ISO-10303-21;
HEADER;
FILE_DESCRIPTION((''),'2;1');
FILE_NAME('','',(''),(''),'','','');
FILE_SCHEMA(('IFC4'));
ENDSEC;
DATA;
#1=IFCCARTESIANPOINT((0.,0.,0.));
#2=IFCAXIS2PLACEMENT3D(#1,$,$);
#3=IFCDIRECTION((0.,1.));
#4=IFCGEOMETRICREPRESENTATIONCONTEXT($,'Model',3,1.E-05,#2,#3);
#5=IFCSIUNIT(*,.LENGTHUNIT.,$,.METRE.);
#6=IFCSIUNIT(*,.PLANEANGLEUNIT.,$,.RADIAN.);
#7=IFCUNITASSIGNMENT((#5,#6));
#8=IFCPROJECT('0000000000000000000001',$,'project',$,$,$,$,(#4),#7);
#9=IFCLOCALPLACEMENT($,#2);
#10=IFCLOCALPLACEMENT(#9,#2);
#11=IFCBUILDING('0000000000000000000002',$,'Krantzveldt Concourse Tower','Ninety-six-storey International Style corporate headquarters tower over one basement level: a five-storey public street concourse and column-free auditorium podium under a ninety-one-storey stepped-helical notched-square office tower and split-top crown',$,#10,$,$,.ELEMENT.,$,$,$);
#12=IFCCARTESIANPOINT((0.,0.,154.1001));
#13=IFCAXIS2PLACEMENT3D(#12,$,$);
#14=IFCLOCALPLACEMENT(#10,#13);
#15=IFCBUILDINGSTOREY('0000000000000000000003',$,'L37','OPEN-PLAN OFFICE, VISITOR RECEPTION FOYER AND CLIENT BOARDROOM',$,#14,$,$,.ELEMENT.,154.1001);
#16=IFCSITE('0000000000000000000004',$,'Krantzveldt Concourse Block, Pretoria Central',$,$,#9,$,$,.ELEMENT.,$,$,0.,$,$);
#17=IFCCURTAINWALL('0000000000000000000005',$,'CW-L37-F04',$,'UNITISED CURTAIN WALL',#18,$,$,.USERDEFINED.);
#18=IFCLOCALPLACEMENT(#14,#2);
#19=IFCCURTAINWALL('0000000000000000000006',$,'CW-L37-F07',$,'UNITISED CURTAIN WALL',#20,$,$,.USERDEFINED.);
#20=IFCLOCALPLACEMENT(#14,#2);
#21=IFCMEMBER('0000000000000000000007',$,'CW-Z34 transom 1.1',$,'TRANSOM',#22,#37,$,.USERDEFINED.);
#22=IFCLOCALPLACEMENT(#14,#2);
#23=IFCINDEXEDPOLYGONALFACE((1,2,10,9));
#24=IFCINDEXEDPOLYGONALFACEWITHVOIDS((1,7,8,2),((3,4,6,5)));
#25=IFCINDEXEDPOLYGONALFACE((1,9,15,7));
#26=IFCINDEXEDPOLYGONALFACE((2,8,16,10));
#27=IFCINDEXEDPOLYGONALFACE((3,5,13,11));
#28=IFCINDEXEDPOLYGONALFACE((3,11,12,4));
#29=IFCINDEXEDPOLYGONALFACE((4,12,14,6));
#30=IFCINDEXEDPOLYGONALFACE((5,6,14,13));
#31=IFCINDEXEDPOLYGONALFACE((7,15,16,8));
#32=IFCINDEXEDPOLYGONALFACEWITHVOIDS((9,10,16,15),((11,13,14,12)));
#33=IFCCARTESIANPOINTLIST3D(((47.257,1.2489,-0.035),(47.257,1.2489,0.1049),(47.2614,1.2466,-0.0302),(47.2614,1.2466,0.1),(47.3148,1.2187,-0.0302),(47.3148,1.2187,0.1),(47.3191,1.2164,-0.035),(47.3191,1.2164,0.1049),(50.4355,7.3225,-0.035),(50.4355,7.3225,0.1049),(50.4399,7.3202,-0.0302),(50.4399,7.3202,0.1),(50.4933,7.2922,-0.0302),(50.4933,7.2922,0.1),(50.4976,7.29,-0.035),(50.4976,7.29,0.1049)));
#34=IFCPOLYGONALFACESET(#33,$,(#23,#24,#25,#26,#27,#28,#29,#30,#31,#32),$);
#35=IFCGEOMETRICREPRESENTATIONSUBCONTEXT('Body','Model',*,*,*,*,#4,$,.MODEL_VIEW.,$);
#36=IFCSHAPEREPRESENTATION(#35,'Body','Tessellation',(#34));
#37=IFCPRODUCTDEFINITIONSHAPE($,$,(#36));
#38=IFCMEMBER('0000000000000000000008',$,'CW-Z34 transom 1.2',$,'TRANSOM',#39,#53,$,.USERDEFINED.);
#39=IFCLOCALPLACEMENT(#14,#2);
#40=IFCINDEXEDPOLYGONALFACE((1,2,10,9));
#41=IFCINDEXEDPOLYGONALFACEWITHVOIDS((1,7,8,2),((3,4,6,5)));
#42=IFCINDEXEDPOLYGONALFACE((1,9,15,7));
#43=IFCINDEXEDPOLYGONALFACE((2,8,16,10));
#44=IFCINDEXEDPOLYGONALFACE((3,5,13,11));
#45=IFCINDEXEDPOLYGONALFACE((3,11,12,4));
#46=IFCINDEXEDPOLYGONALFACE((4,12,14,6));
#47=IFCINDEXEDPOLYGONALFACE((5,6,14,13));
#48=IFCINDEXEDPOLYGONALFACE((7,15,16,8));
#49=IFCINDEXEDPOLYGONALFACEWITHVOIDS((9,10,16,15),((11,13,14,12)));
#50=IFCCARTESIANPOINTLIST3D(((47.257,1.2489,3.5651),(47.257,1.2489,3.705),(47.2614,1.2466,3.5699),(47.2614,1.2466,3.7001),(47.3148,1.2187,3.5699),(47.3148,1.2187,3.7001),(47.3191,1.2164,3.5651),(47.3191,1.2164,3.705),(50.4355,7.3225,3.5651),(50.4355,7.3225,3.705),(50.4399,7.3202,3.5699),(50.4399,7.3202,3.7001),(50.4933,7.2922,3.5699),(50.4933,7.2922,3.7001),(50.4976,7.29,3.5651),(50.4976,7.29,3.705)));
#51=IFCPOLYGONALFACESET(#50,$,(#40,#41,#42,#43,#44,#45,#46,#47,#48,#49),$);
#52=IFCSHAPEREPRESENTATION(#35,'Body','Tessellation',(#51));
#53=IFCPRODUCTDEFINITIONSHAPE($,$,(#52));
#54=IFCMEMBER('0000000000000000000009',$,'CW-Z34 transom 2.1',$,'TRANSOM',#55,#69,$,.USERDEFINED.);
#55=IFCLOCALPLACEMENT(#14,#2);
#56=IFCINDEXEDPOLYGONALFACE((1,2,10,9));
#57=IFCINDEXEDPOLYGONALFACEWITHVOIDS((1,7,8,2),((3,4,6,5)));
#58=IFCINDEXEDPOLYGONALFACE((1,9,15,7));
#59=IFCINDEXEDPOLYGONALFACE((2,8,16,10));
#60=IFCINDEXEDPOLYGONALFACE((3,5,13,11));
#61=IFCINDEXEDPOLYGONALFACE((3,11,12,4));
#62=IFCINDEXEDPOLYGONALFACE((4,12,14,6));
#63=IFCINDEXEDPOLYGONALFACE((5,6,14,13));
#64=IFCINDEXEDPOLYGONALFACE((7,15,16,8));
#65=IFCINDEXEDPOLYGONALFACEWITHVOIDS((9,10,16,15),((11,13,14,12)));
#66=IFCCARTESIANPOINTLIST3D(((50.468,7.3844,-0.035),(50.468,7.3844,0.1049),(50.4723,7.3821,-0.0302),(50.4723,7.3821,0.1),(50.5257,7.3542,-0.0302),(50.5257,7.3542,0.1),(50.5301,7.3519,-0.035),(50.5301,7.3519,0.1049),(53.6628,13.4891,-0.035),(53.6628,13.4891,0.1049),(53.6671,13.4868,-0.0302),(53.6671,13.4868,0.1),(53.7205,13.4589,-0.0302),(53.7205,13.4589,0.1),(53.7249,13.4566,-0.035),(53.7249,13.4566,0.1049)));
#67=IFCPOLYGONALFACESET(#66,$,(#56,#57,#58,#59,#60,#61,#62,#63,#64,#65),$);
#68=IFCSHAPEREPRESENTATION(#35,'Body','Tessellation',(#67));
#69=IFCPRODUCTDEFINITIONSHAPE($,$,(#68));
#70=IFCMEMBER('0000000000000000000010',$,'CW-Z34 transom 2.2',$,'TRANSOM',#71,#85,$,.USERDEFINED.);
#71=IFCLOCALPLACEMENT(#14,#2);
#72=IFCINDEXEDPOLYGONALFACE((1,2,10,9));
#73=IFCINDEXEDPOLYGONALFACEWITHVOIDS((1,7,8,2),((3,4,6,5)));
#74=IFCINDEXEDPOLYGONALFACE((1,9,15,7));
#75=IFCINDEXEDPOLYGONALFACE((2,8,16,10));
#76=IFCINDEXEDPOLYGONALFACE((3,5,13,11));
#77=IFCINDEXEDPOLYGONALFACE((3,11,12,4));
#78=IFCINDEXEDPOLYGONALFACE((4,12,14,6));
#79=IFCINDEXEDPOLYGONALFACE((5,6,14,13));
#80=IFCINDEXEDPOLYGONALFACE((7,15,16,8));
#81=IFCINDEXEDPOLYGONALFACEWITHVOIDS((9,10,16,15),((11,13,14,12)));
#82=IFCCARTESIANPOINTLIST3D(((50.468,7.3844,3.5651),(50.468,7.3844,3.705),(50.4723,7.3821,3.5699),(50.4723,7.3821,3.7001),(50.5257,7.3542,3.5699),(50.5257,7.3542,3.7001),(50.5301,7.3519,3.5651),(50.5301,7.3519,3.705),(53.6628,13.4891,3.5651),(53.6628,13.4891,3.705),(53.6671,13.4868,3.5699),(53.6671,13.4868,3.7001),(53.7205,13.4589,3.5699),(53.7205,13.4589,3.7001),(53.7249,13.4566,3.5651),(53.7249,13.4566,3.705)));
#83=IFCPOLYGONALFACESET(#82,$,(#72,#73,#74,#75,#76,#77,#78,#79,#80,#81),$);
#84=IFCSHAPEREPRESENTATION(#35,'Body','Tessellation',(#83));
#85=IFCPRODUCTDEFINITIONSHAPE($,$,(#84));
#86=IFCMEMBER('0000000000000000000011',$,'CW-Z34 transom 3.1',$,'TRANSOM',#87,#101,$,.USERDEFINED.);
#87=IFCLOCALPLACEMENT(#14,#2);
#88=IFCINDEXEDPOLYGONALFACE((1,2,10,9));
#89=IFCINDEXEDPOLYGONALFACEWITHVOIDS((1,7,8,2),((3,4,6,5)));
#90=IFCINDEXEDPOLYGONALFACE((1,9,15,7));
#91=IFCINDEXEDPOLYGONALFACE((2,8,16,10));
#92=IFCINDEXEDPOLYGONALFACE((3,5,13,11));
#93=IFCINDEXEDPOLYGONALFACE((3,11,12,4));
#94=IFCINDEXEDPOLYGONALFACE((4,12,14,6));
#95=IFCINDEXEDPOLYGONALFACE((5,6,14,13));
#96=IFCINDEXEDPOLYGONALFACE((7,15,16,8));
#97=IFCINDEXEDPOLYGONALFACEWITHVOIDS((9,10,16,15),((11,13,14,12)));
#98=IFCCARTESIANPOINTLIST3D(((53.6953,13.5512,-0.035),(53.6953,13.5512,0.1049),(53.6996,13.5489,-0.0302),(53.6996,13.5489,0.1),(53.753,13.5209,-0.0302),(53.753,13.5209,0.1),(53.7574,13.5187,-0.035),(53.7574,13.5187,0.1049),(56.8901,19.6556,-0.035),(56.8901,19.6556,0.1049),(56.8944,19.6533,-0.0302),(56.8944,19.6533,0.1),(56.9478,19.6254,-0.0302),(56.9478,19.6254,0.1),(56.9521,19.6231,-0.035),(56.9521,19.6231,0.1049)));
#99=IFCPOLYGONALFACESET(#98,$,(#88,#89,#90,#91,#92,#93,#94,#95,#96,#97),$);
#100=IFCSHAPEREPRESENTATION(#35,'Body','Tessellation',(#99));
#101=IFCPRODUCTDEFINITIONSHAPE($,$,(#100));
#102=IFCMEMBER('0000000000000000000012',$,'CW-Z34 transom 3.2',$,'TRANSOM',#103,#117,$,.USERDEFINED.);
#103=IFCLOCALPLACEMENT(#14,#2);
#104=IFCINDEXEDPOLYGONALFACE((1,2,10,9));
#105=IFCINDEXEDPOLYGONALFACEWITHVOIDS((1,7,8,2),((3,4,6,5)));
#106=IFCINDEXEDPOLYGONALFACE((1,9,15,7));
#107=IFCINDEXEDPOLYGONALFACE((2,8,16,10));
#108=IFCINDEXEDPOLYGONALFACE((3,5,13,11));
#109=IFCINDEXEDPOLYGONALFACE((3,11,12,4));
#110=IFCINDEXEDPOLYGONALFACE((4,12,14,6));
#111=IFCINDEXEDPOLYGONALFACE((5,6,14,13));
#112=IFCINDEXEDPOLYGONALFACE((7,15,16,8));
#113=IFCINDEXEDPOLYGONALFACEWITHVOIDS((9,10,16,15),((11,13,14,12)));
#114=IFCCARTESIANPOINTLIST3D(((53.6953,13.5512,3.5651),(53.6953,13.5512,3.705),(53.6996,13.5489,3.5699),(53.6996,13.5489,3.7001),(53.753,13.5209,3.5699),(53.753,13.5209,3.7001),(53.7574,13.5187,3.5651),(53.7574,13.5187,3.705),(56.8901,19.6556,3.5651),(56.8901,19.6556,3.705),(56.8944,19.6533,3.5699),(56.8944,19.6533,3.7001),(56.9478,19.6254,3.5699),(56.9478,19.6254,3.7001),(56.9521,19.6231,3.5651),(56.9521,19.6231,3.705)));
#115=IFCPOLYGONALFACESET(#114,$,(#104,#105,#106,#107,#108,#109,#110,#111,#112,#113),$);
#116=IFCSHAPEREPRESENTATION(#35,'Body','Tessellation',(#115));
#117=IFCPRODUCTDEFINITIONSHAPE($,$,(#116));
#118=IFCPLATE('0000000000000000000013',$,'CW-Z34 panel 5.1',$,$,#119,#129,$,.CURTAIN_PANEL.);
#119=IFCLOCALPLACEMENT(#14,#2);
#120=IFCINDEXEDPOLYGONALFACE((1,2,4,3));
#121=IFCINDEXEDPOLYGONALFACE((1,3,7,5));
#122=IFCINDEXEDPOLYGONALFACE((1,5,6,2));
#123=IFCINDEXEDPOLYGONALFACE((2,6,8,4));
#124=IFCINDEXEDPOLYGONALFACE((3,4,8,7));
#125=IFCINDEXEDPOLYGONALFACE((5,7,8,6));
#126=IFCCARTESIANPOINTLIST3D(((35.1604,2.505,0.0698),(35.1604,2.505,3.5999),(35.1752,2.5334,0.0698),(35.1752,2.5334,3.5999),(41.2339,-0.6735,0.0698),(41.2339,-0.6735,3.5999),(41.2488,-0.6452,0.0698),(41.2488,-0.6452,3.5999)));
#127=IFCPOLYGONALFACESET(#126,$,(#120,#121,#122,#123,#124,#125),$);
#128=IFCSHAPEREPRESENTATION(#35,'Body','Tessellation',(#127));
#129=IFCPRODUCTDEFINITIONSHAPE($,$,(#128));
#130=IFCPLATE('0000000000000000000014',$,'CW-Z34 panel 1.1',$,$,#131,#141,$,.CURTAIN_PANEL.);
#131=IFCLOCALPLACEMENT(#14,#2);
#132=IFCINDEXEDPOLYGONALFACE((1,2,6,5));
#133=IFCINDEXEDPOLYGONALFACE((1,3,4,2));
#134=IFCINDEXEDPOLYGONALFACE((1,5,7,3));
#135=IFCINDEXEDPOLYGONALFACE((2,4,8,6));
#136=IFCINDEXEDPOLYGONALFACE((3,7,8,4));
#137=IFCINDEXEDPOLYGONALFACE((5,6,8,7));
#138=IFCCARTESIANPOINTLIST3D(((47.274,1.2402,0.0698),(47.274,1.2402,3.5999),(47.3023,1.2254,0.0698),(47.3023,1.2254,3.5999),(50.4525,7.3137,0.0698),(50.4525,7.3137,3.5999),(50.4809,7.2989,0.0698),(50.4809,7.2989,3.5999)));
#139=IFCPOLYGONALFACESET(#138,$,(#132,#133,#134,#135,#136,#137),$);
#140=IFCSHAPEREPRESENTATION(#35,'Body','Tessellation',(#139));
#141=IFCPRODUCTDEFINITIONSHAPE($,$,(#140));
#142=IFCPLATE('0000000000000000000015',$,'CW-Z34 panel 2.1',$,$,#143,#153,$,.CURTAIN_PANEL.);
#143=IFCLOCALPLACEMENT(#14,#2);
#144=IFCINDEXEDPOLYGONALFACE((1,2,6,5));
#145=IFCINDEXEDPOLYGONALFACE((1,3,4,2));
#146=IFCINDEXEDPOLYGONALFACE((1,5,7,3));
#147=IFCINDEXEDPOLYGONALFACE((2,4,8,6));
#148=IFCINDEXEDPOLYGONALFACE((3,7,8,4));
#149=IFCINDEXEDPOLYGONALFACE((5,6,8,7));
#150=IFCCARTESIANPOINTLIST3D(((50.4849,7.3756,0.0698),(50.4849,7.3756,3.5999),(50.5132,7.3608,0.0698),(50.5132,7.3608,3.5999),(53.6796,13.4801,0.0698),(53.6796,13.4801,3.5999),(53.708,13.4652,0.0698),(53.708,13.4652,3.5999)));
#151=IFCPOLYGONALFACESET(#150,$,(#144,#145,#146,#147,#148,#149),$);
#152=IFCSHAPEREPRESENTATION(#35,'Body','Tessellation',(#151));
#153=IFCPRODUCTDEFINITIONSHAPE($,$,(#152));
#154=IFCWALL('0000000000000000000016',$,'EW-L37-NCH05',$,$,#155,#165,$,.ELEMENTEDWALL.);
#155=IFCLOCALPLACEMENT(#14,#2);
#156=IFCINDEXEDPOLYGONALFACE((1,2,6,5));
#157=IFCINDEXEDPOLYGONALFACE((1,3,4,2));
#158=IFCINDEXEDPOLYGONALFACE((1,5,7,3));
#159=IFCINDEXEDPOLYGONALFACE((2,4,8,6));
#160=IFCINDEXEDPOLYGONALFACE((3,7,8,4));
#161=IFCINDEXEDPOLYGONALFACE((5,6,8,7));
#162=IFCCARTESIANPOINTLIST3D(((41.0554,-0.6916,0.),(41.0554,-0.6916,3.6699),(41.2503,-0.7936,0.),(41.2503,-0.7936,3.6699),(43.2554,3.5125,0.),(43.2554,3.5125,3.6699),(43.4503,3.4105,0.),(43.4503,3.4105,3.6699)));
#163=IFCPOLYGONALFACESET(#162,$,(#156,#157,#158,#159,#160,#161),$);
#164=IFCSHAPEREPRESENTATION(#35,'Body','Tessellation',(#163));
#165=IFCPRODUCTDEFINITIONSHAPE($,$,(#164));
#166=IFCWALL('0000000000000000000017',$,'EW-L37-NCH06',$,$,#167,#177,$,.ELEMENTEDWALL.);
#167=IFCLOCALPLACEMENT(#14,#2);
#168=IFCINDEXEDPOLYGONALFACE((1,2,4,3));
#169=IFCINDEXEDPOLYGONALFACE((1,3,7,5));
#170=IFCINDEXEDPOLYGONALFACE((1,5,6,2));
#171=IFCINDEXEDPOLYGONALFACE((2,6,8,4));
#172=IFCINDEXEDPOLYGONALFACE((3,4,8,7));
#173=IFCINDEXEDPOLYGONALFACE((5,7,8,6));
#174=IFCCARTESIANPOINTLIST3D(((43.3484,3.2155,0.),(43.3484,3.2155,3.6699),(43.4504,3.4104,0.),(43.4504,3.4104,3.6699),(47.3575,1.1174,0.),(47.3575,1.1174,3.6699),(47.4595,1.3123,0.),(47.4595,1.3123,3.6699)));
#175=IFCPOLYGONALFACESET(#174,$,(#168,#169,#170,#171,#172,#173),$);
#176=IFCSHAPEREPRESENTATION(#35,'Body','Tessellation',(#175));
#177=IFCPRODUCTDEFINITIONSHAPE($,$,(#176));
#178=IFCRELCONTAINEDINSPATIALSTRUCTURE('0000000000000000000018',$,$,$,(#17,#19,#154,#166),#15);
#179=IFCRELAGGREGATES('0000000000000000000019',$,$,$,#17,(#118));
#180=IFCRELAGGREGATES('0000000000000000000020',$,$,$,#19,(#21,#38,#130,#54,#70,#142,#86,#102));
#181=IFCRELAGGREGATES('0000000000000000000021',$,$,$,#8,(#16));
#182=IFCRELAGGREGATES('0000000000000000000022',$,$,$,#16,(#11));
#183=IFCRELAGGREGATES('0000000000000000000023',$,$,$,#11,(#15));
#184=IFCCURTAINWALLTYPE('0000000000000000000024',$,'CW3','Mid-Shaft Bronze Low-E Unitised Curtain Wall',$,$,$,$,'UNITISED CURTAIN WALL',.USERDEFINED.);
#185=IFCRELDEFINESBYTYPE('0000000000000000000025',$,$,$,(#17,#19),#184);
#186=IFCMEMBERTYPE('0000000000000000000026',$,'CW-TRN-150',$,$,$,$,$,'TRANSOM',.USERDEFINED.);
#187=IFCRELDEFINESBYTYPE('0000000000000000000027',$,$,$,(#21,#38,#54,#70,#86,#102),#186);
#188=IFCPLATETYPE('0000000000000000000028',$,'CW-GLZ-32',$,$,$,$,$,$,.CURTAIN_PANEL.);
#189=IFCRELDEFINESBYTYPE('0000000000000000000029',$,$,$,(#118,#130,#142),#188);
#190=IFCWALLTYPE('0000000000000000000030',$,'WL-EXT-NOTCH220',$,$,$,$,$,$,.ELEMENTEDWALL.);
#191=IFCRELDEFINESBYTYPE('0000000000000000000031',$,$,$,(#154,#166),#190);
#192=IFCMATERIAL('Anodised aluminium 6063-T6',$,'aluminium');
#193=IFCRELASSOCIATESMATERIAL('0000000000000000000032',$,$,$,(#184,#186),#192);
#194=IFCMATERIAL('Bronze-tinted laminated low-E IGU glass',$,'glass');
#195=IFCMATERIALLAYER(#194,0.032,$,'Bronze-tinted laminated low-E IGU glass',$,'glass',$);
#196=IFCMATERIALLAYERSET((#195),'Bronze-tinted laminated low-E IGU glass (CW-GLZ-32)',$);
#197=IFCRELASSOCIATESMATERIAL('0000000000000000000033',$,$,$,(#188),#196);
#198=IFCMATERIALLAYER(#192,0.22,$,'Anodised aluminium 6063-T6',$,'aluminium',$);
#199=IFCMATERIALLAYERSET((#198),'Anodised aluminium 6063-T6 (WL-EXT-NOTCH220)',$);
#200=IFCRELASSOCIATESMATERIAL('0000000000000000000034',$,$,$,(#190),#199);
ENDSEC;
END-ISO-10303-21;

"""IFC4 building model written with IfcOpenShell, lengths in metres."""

from ifc_helpers import new_model, si_unit, direction, frame, frame_2d, origin, origin_2d, place, context, subcontext, project, spatial, rectangle, hollow_rectangle, extrude, source, transform, mapped, material, layer, layer_set, material_profile, profile_set, type_object, type_shapes, element, aggregate, save


model = new_model("IFC4")

# Units and contexts
model_context = context("Model", 3, precision=1e-05, world=origin(), true_north=direction((0.0, 1.0)))
body_context = subcontext(model_context, "Body", "Model", "MODEL_VIEW")
ifc_project = project(units=[si_unit("LENGTHUNIT", "METRE"), si_unit("PLANEANGLEUNIT", "RADIAN")], contexts=[model_context])

# Site, building, storey
site_placement = place(None, origin())
site = spatial("IfcSite", under=ifc_project, at=site_placement, Name="Krantzveldt Concourse Block, Pretoria Central", CompositionType="ELEMENT", RefElevation=0.0)
building_placement = place(site_placement, origin())
building = spatial("IfcBuilding", under=site, at=building_placement, Name="Krantzveldt Concourse Tower", Description="Ninety-six-storey International Style corporate headquarters tower over one basement level: a five-storey public street concourse and column-free auditorium podium under a ninety-one-storey stepped-helical notched-square office tower and split-top crown", CompositionType="ELEMENT")
storey_placement = place(building_placement, frame((0.0, 0.0, 154.1001)))
storey = spatial("IfcBuildingStorey", under=building, at=storey_placement, Name="L37", Description="OPEN-PLAN OFFICE, VISITOR RECEPTION FOYER AND CLIENT BOARDROOM", CompositionType="ELEMENT", Elevation=154.1001)

# Curtain wall
ifc_material_1 = material(Name="Anodised aluminium 6063-T6", Category="aluminium")
curtain_wall_type = type_object("IfcCurtainWallType", Name="CW3", Description="Mid-Shaft Bronze Low-E Unitised Curtain Wall", ElementType="UNITISED CURTAIN WALL", PredefinedType="USERDEFINED", material=ifc_material_1)
curtain_wall_1_placement = place(storey_placement, origin())
curtain_wall_1 = element("IfcCurtainWall", 1, at=curtain_wall_1_placement, inside=storey, type_object=curtain_wall_type, Name="CW-L37-F04", ObjectType="UNITISED CURTAIN WALL", PredefinedType="USERDEFINED")

# Curtain wall, members
curtain_wall_2_placement = place(storey_placement, origin())
curtain_wall_2 = element("IfcCurtainWall", 2, at=curtain_wall_2_placement, inside=storey, type_object=curtain_wall_type, Name="CW-L37-F07", ObjectType="UNITISED CURTAIN WALL", PredefinedType="USERDEFINED")
ifc_material_profile_1 = material_profile(ifc_material_1, hollow_rectangle(XDim=0.0701, YDim=0.1399, WallThickness=0.0049, at=origin_2d()), Name="Anodised aluminium 6063-T6", Category="aluminium")
ifc_profile_set_1 = profile_set([ifc_material_profile_1], Name="Anodised aluminium 6063-T6 - ALU-TRAN 140x70x5")
member_type_1 = type_object("IfcMemberType", Name="CW-TRN-150", ElementType="TRANSOM", PredefinedType="USERDEFINED", material=ifc_profile_set_1)
shared_shape_1 = source(origin(), body_context, "Body", "SweptSolid", [
    extrude(hollow_rectangle(XDim=0.0701, YDim=0.1399, WallThickness=0.0049, at=origin_2d()), origin(), (0.0, 0.0, 1.0), 6.855),
])
member_1_placement = place(storey_placement, frame((47.2881, 1.2327, 0.0349), z_axis=(0.463677, 0.886004, 0.0), x_axis=(-0.886004, 0.463677, 0.0)))
member_1 = element("IfcMember", 3, at=member_1_placement, type_object=member_type_1, Name="CW-Z34 transom 1.1", ObjectType="TRANSOM", PredefinedType="USERDEFINED", context=body_context, shape_type="MappedRepresentation", body=[
    mapped(shared_shape_1, transform((0.0, 0.0, 0.0), x_axis=(1.0, 0.0, 0.0), y_axis=(0.0, 1.0, 0.0), z_axis=(0.0, 0.0, 1.0), scale=1.0)),
])
member_2_placement = place(storey_placement, frame((47.2881, 1.2327, 3.635), z_axis=(0.463677, 0.886004, 0.0), x_axis=(-0.886004, 0.463677, 0.0)))
member_2 = element("IfcMember", 4, at=member_2_placement, type_object=member_type_1, Name="CW-Z34 transom 1.2", ObjectType="TRANSOM", PredefinedType="USERDEFINED", context=body_context, shape_type="MappedRepresentation", body=[
    mapped(shared_shape_1, transform((0.0, 0.0, 0.0), x_axis=(1.0, 0.0, 0.0), y_axis=(0.0, 1.0, 0.0), z_axis=(0.0, 0.0, 1.0), scale=1.0)),
])
shared_shape_2 = source(origin(), body_context, "Body", "SweptSolid", [
    extrude(hollow_rectangle(XDim=0.0701, YDim=0.1399, WallThickness=0.0049, at=origin_2d()), origin(), (0.0, 0.0, 1.0), 6.8901),
])
member_3_placement = place(storey_placement, frame((50.499, 7.3682, 0.0349), z_axis=(0.463677, 0.886004, 0.0), x_axis=(-0.886004, 0.463677, 0.0)))
member_3 = element("IfcMember", 5, at=member_3_placement, type_object=member_type_1, Name="CW-Z34 transom 2.1", ObjectType="TRANSOM", PredefinedType="USERDEFINED", context=body_context, shape_type="MappedRepresentation", body=[
    mapped(shared_shape_2, transform((0.0, 0.0, 0.0), x_axis=(1.0, 0.0, 0.0), y_axis=(0.0, 1.0, 0.0), z_axis=(0.0, 0.0, 1.0), scale=1.0)),
])
member_4_placement = place(storey_placement, frame((50.499, 7.3682, 3.635), z_axis=(0.463677, 0.886004, 0.0), x_axis=(-0.886004, 0.463677, 0.0)))
member_4 = element("IfcMember", 6, at=member_4_placement, type_object=member_type_1, Name="CW-Z34 transom 2.2", ObjectType="TRANSOM", PredefinedType="USERDEFINED", context=body_context, shape_type="MappedRepresentation", body=[
    mapped(shared_shape_2, transform((0.0, 0.0, 0.0), x_axis=(1.0, 0.0, 0.0), y_axis=(0.0, 1.0, 0.0), z_axis=(0.0, 0.0, 1.0), scale=1.0)),
])
shared_shape_3 = source(origin(), body_context, "Body", "SweptSolid", [
    extrude(hollow_rectangle(XDim=0.0701, YDim=0.1399, WallThickness=0.0049, at=origin_2d()), origin(), (0.0, 0.0, 1.0), 6.8899),
])
type_shapes(member_type_1, [shared_shape_1, shared_shape_2, shared_shape_3])
member_5_placement = place(storey_placement, frame((53.7263, 13.5349, 0.0349), z_axis=(0.463692, 0.885997, 0.0), x_axis=(-0.885997, 0.463692, 0.0)))
member_5 = element("IfcMember", 7, at=member_5_placement, type_object=member_type_1, Name="CW-Z34 transom 3.1", ObjectType="TRANSOM", PredefinedType="USERDEFINED", context=body_context, shape_type="MappedRepresentation", body=[
    mapped(shared_shape_3, transform((0.0, 0.0, 0.0), x_axis=(1.0, 0.0, 0.0), y_axis=(0.0, 1.0, 0.0), z_axis=(0.0, 0.0, 1.0), scale=1.0)),
])
member_6_placement = place(storey_placement, frame((53.7263, 13.5349, 3.635), z_axis=(0.463692, 0.885997, 0.0), x_axis=(-0.885997, 0.463692, 0.0)))
member_6 = element("IfcMember", 8, at=member_6_placement, type_object=member_type_1, Name="CW-Z34 transom 3.2", ObjectType="TRANSOM", PredefinedType="USERDEFINED", context=body_context, shape_type="MappedRepresentation", body=[
    mapped(shared_shape_3, transform((0.0, 0.0, 0.0), x_axis=(1.0, 0.0, 0.0), y_axis=(0.0, 1.0, 0.0), z_axis=(0.0, 0.0, 1.0), scale=1.0)),
])

# Plates
ifc_material_2 = material(Name="Bronze-tinted laminated low-E IGU glass", Category="glass")
ifc_layer_1 = layer(ifc_material_2, 0.032, Name="Bronze-tinted laminated low-E IGU glass", Category="glass")
ifc_layer_set_1 = layer_set([ifc_layer_1], Name="Bronze-tinted laminated low-E IGU glass (CW-GLZ-32)")
plate_type = type_object("IfcPlateType", Name="CW-GLZ-32", PredefinedType="CURTAIN_PANEL", material=ifc_layer_set_1)
shared_shape_4 = source(origin(), body_context, "Body", "SweptSolid", [
    extrude(rectangle(XDim=6.855, YDim=0.032, at=origin_2d()), origin(), (0.0, 0.0, 1.0), 3.53),
])
plate_1_placement = place(storey_placement, frame((38.2046, 0.9299, 0.0698), z_axis=(0.0, 0.0, 1.0), x_axis=(0.886001, -0.463683, 0.0)))
plate_1 = element("IfcPlate", 9, at=plate_1_placement, type_object=plate_type, Name="CW-Z34 panel 5.1", PredefinedType="CURTAIN_PANEL", context=body_context, shape_type="MappedRepresentation", body=[
    mapped(shared_shape_4, transform((0.0, 0.0, 0.0), x_axis=(1.0, 0.0, 0.0), y_axis=(0.0, 1.0, 0.0), z_axis=(0.0, 0.0, 1.0), scale=1.0)),
])
aggregate(curtain_wall_1, [plate_1])
plate_2_placement = place(storey_placement, frame((48.8774, 4.2695, 0.0698), z_axis=(0.0, 0.0, 1.0), x_axis=(0.463683, 0.886001, 0.0)))
plate_2 = element("IfcPlate", 10, at=plate_2_placement, type_object=plate_type, Name="CW-Z34 panel 1.1", PredefinedType="CURTAIN_PANEL", context=body_context, shape_type="MappedRepresentation", body=[
    mapped(shared_shape_4, transform((0.0, 0.0, 0.0), x_axis=(1.0, 0.0, 0.0), y_axis=(0.0, 1.0, 0.0), z_axis=(0.0, 0.0, 1.0), scale=1.0)),
])
shared_shape_5 = source(origin(), body_context, "Body", "SweptSolid", [
    extrude(rectangle(XDim=6.8899, YDim=0.032, at=origin_2d()), origin(), (0.0, 0.0, 1.0), 3.53),
])
type_shapes(plate_type, [shared_shape_4, shared_shape_5])
plate_3_placement = place(storey_placement, frame((52.0964, 10.4204, 0.0698), z_axis=(0.0, 0.0, 1.0), x_axis=(0.463683, 0.886001, 0.0)))
plate_3 = element("IfcPlate", 11, at=plate_3_placement, type_object=plate_type, Name="CW-Z34 panel 2.1", PredefinedType="CURTAIN_PANEL", context=body_context, shape_type="MappedRepresentation", body=[
    mapped(shared_shape_5, transform((0.0, 0.0, 0.0), x_axis=(1.0, 0.0, 0.0), y_axis=(0.0, 1.0, 0.0), z_axis=(0.0, 0.0, 1.0), scale=1.0)),
])
aggregate(curtain_wall_2, [member_1, member_2, plate_2, member_3, member_4, plate_3, member_5, member_6])

# Walls
ifc_layer_2 = layer(ifc_material_1, 0.22, Name="Anodised aluminium 6063-T6", Category="aluminium")
ifc_layer_set_2 = layer_set([ifc_layer_2], Name="Anodised aluminium 6063-T6 (WL-EXT-NOTCH220)")
wall_type_1 = type_object("IfcWallType", Name="WL-EXT-NOTCH220", PredefinedType="ELEMENTEDWALL", material=ifc_layer_set_2)
wall_1_placement = place(storey_placement, frame((41.1528, -0.7427, 0.0), z_axis=(0.0, 0.0, 1.0), x_axis=(0.463644, 0.886022, 0.0)))
element("IfcWall", 12, at=wall_1_placement, inside=storey, type_object=wall_type_1, Name="EW-L37-NCH05", PredefinedType="ELEMENTEDWALL", context=body_context, shape_type="SweptSolid", body=[
    extrude(rectangle(XDim=4.7449, YDim=0.22, at=frame_2d((2.3726, 0.0))), origin(), (0.0, 0.0, 1.0), 3.6699),
])
wall_2_placement = place(storey_placement, frame((43.3994, 3.313, 0.0), z_axis=(0.0, 0.0, 1.0), x_axis=(0.885997, -0.46369, 0.0)))
element("IfcWall", 13, at=wall_2_placement, inside=storey, type_object=wall_type_1, Name="EW-L37-NCH06", PredefinedType="ELEMENTEDWALL", context=body_context, shape_type="SweptSolid", body=[
    extrude(rectangle(XDim=4.5249, YDim=0.22, at=frame_2d((2.2625, 0.0))), origin(), (0.0, 0.0, 1.0), 3.6699),
])

save(model, "model.ifc")
